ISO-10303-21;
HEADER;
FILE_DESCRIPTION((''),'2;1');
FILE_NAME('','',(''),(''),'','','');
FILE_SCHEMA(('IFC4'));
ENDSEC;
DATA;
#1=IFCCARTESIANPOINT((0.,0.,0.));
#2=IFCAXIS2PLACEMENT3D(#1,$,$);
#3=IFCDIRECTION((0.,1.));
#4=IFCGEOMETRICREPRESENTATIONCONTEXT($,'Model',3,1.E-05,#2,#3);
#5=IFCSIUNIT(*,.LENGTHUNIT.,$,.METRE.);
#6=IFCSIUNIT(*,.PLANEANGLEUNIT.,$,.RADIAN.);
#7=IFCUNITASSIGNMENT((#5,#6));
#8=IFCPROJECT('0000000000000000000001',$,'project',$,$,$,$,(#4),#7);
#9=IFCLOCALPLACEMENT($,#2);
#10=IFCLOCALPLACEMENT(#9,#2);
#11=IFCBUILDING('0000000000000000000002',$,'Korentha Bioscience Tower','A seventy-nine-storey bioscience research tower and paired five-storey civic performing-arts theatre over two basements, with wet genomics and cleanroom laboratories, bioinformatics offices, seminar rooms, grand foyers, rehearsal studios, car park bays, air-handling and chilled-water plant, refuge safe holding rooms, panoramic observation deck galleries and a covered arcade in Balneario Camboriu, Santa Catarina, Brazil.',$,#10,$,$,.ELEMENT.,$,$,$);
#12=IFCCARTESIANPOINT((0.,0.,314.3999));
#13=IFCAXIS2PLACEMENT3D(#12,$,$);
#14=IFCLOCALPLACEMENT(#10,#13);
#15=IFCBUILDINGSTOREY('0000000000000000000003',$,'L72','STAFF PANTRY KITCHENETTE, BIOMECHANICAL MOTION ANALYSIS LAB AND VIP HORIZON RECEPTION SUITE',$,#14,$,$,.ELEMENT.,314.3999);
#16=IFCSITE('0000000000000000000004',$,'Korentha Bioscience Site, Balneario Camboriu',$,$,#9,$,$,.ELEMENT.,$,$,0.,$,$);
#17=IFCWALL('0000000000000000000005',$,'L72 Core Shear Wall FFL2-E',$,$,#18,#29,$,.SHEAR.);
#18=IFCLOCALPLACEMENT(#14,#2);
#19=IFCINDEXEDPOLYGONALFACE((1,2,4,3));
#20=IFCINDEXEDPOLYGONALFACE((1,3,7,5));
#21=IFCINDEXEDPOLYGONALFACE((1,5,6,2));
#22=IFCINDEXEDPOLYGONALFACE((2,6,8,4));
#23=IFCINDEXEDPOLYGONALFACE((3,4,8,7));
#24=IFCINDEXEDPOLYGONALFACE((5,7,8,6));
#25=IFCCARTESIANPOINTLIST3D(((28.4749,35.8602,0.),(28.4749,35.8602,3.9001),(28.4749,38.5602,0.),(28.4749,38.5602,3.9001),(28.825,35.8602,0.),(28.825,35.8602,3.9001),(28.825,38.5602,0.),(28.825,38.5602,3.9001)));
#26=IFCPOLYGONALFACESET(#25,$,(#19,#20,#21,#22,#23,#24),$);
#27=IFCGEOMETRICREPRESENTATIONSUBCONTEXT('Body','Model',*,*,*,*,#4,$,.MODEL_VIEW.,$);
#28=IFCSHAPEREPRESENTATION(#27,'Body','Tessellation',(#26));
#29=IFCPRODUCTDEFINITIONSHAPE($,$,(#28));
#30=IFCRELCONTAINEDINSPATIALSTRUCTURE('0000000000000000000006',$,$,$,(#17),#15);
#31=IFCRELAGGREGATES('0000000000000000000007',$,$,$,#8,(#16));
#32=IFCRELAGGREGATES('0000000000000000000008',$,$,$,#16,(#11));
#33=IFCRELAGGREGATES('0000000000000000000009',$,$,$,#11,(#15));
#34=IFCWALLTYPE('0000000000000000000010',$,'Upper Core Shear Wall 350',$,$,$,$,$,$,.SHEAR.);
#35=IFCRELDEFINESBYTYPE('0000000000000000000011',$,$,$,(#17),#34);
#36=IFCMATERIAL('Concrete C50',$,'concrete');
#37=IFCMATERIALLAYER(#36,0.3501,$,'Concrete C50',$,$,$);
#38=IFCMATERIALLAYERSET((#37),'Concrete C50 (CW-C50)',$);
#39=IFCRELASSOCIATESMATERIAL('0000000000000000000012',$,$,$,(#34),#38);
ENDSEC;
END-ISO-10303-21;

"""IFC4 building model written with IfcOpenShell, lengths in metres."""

from ifc_helpers import new_model, si_unit, direction, frame, frame_2d, origin, place, context, subcontext, project, spatial, rectangle, extrude, material, layer, layer_set, type_object, element, save


model = new_model("IFC4")

# Units and contexts
model_context = context("Model", 3, precision=1e-05, world=origin(), true_north=direction((0.0, 1.0)))
body_context = subcontext(model_context, "Body", "Model", "MODEL_VIEW")
ifc_project = project(units=[si_unit("LENGTHUNIT", "METRE"), si_unit("PLANEANGLEUNIT", "RADIAN")], contexts=[model_context])

# Site, building, storey
site_placement = place(None, origin())
site = spatial("IfcSite", under=ifc_project, at=site_placement, Name="Korentha Bioscience Site, Balneario Camboriu", CompositionType="ELEMENT", RefElevation=0.0)
building_placement = place(site_placement, origin())
building = spatial("IfcBuilding", under=site, at=building_placement, Name="Korentha Bioscience Tower", Description="A seventy-nine-storey bioscience research tower and paired five-storey civic performing-arts theatre over two basements, with wet genomics and cleanroom laboratories, bioinformatics offices, seminar rooms, grand foyers, rehearsal studios, car park bays, air-handling and chilled-water plant, refuge safe holding rooms, panoramic observation deck galleries and a covered arcade in Balneario Camboriu, Santa Catarina, Brazil.", CompositionType="ELEMENT")
storey_placement = place(building_placement, frame((0.0, 0.0, 314.3999)))
storey = spatial("IfcBuildingStorey", under=building, at=storey_placement, Name="L72", Description="STAFF PANTRY KITCHENETTE, BIOMECHANICAL MOTION ANALYSIS LAB AND VIP HORIZON RECEPTION SUITE", CompositionType="ELEMENT", Elevation=314.3999)

# Shared definitions
ifc_material_1 = material(Name="Concrete C50", Category="concrete")

# Shared definitions
ifc_layer_1 = layer(ifc_material_1, 0.3501, Name="Concrete C50")
ifc_layer_set_1 = layer_set([ifc_layer_1], Name="Concrete C50 (CW-C50)")
wall_type_1 = type_object("IfcWallType", Name="Upper Core Shear Wall 350", PredefinedType="SHEAR", material=ifc_layer_set_1)

# Wall
for number, where, z_axis, x_axis, name in (
    (1, (28.6499, 35.8601, 0.0), (0.0, 0.0, 1.0), (0.0, 1.0, 0.0), "L72 Core Shear Wall FFL2-E"),
):
    element("IfcWall", number, at=place(storey_placement, frame(where, z_axis=z_axis, x_axis=x_axis)), inside=storey, type_object=wall_type_1, Name=name, PredefinedType="SHEAR", context=body_context, shape_type="SweptSolid", body=[
        extrude(rectangle(XDim=2.7, YDim=0.3501, at=frame_2d((1.3501, 0.0))), origin(), (0.0, 0.0, 1.0), 3.9001),
    ])

save(model, "model.ifc")
